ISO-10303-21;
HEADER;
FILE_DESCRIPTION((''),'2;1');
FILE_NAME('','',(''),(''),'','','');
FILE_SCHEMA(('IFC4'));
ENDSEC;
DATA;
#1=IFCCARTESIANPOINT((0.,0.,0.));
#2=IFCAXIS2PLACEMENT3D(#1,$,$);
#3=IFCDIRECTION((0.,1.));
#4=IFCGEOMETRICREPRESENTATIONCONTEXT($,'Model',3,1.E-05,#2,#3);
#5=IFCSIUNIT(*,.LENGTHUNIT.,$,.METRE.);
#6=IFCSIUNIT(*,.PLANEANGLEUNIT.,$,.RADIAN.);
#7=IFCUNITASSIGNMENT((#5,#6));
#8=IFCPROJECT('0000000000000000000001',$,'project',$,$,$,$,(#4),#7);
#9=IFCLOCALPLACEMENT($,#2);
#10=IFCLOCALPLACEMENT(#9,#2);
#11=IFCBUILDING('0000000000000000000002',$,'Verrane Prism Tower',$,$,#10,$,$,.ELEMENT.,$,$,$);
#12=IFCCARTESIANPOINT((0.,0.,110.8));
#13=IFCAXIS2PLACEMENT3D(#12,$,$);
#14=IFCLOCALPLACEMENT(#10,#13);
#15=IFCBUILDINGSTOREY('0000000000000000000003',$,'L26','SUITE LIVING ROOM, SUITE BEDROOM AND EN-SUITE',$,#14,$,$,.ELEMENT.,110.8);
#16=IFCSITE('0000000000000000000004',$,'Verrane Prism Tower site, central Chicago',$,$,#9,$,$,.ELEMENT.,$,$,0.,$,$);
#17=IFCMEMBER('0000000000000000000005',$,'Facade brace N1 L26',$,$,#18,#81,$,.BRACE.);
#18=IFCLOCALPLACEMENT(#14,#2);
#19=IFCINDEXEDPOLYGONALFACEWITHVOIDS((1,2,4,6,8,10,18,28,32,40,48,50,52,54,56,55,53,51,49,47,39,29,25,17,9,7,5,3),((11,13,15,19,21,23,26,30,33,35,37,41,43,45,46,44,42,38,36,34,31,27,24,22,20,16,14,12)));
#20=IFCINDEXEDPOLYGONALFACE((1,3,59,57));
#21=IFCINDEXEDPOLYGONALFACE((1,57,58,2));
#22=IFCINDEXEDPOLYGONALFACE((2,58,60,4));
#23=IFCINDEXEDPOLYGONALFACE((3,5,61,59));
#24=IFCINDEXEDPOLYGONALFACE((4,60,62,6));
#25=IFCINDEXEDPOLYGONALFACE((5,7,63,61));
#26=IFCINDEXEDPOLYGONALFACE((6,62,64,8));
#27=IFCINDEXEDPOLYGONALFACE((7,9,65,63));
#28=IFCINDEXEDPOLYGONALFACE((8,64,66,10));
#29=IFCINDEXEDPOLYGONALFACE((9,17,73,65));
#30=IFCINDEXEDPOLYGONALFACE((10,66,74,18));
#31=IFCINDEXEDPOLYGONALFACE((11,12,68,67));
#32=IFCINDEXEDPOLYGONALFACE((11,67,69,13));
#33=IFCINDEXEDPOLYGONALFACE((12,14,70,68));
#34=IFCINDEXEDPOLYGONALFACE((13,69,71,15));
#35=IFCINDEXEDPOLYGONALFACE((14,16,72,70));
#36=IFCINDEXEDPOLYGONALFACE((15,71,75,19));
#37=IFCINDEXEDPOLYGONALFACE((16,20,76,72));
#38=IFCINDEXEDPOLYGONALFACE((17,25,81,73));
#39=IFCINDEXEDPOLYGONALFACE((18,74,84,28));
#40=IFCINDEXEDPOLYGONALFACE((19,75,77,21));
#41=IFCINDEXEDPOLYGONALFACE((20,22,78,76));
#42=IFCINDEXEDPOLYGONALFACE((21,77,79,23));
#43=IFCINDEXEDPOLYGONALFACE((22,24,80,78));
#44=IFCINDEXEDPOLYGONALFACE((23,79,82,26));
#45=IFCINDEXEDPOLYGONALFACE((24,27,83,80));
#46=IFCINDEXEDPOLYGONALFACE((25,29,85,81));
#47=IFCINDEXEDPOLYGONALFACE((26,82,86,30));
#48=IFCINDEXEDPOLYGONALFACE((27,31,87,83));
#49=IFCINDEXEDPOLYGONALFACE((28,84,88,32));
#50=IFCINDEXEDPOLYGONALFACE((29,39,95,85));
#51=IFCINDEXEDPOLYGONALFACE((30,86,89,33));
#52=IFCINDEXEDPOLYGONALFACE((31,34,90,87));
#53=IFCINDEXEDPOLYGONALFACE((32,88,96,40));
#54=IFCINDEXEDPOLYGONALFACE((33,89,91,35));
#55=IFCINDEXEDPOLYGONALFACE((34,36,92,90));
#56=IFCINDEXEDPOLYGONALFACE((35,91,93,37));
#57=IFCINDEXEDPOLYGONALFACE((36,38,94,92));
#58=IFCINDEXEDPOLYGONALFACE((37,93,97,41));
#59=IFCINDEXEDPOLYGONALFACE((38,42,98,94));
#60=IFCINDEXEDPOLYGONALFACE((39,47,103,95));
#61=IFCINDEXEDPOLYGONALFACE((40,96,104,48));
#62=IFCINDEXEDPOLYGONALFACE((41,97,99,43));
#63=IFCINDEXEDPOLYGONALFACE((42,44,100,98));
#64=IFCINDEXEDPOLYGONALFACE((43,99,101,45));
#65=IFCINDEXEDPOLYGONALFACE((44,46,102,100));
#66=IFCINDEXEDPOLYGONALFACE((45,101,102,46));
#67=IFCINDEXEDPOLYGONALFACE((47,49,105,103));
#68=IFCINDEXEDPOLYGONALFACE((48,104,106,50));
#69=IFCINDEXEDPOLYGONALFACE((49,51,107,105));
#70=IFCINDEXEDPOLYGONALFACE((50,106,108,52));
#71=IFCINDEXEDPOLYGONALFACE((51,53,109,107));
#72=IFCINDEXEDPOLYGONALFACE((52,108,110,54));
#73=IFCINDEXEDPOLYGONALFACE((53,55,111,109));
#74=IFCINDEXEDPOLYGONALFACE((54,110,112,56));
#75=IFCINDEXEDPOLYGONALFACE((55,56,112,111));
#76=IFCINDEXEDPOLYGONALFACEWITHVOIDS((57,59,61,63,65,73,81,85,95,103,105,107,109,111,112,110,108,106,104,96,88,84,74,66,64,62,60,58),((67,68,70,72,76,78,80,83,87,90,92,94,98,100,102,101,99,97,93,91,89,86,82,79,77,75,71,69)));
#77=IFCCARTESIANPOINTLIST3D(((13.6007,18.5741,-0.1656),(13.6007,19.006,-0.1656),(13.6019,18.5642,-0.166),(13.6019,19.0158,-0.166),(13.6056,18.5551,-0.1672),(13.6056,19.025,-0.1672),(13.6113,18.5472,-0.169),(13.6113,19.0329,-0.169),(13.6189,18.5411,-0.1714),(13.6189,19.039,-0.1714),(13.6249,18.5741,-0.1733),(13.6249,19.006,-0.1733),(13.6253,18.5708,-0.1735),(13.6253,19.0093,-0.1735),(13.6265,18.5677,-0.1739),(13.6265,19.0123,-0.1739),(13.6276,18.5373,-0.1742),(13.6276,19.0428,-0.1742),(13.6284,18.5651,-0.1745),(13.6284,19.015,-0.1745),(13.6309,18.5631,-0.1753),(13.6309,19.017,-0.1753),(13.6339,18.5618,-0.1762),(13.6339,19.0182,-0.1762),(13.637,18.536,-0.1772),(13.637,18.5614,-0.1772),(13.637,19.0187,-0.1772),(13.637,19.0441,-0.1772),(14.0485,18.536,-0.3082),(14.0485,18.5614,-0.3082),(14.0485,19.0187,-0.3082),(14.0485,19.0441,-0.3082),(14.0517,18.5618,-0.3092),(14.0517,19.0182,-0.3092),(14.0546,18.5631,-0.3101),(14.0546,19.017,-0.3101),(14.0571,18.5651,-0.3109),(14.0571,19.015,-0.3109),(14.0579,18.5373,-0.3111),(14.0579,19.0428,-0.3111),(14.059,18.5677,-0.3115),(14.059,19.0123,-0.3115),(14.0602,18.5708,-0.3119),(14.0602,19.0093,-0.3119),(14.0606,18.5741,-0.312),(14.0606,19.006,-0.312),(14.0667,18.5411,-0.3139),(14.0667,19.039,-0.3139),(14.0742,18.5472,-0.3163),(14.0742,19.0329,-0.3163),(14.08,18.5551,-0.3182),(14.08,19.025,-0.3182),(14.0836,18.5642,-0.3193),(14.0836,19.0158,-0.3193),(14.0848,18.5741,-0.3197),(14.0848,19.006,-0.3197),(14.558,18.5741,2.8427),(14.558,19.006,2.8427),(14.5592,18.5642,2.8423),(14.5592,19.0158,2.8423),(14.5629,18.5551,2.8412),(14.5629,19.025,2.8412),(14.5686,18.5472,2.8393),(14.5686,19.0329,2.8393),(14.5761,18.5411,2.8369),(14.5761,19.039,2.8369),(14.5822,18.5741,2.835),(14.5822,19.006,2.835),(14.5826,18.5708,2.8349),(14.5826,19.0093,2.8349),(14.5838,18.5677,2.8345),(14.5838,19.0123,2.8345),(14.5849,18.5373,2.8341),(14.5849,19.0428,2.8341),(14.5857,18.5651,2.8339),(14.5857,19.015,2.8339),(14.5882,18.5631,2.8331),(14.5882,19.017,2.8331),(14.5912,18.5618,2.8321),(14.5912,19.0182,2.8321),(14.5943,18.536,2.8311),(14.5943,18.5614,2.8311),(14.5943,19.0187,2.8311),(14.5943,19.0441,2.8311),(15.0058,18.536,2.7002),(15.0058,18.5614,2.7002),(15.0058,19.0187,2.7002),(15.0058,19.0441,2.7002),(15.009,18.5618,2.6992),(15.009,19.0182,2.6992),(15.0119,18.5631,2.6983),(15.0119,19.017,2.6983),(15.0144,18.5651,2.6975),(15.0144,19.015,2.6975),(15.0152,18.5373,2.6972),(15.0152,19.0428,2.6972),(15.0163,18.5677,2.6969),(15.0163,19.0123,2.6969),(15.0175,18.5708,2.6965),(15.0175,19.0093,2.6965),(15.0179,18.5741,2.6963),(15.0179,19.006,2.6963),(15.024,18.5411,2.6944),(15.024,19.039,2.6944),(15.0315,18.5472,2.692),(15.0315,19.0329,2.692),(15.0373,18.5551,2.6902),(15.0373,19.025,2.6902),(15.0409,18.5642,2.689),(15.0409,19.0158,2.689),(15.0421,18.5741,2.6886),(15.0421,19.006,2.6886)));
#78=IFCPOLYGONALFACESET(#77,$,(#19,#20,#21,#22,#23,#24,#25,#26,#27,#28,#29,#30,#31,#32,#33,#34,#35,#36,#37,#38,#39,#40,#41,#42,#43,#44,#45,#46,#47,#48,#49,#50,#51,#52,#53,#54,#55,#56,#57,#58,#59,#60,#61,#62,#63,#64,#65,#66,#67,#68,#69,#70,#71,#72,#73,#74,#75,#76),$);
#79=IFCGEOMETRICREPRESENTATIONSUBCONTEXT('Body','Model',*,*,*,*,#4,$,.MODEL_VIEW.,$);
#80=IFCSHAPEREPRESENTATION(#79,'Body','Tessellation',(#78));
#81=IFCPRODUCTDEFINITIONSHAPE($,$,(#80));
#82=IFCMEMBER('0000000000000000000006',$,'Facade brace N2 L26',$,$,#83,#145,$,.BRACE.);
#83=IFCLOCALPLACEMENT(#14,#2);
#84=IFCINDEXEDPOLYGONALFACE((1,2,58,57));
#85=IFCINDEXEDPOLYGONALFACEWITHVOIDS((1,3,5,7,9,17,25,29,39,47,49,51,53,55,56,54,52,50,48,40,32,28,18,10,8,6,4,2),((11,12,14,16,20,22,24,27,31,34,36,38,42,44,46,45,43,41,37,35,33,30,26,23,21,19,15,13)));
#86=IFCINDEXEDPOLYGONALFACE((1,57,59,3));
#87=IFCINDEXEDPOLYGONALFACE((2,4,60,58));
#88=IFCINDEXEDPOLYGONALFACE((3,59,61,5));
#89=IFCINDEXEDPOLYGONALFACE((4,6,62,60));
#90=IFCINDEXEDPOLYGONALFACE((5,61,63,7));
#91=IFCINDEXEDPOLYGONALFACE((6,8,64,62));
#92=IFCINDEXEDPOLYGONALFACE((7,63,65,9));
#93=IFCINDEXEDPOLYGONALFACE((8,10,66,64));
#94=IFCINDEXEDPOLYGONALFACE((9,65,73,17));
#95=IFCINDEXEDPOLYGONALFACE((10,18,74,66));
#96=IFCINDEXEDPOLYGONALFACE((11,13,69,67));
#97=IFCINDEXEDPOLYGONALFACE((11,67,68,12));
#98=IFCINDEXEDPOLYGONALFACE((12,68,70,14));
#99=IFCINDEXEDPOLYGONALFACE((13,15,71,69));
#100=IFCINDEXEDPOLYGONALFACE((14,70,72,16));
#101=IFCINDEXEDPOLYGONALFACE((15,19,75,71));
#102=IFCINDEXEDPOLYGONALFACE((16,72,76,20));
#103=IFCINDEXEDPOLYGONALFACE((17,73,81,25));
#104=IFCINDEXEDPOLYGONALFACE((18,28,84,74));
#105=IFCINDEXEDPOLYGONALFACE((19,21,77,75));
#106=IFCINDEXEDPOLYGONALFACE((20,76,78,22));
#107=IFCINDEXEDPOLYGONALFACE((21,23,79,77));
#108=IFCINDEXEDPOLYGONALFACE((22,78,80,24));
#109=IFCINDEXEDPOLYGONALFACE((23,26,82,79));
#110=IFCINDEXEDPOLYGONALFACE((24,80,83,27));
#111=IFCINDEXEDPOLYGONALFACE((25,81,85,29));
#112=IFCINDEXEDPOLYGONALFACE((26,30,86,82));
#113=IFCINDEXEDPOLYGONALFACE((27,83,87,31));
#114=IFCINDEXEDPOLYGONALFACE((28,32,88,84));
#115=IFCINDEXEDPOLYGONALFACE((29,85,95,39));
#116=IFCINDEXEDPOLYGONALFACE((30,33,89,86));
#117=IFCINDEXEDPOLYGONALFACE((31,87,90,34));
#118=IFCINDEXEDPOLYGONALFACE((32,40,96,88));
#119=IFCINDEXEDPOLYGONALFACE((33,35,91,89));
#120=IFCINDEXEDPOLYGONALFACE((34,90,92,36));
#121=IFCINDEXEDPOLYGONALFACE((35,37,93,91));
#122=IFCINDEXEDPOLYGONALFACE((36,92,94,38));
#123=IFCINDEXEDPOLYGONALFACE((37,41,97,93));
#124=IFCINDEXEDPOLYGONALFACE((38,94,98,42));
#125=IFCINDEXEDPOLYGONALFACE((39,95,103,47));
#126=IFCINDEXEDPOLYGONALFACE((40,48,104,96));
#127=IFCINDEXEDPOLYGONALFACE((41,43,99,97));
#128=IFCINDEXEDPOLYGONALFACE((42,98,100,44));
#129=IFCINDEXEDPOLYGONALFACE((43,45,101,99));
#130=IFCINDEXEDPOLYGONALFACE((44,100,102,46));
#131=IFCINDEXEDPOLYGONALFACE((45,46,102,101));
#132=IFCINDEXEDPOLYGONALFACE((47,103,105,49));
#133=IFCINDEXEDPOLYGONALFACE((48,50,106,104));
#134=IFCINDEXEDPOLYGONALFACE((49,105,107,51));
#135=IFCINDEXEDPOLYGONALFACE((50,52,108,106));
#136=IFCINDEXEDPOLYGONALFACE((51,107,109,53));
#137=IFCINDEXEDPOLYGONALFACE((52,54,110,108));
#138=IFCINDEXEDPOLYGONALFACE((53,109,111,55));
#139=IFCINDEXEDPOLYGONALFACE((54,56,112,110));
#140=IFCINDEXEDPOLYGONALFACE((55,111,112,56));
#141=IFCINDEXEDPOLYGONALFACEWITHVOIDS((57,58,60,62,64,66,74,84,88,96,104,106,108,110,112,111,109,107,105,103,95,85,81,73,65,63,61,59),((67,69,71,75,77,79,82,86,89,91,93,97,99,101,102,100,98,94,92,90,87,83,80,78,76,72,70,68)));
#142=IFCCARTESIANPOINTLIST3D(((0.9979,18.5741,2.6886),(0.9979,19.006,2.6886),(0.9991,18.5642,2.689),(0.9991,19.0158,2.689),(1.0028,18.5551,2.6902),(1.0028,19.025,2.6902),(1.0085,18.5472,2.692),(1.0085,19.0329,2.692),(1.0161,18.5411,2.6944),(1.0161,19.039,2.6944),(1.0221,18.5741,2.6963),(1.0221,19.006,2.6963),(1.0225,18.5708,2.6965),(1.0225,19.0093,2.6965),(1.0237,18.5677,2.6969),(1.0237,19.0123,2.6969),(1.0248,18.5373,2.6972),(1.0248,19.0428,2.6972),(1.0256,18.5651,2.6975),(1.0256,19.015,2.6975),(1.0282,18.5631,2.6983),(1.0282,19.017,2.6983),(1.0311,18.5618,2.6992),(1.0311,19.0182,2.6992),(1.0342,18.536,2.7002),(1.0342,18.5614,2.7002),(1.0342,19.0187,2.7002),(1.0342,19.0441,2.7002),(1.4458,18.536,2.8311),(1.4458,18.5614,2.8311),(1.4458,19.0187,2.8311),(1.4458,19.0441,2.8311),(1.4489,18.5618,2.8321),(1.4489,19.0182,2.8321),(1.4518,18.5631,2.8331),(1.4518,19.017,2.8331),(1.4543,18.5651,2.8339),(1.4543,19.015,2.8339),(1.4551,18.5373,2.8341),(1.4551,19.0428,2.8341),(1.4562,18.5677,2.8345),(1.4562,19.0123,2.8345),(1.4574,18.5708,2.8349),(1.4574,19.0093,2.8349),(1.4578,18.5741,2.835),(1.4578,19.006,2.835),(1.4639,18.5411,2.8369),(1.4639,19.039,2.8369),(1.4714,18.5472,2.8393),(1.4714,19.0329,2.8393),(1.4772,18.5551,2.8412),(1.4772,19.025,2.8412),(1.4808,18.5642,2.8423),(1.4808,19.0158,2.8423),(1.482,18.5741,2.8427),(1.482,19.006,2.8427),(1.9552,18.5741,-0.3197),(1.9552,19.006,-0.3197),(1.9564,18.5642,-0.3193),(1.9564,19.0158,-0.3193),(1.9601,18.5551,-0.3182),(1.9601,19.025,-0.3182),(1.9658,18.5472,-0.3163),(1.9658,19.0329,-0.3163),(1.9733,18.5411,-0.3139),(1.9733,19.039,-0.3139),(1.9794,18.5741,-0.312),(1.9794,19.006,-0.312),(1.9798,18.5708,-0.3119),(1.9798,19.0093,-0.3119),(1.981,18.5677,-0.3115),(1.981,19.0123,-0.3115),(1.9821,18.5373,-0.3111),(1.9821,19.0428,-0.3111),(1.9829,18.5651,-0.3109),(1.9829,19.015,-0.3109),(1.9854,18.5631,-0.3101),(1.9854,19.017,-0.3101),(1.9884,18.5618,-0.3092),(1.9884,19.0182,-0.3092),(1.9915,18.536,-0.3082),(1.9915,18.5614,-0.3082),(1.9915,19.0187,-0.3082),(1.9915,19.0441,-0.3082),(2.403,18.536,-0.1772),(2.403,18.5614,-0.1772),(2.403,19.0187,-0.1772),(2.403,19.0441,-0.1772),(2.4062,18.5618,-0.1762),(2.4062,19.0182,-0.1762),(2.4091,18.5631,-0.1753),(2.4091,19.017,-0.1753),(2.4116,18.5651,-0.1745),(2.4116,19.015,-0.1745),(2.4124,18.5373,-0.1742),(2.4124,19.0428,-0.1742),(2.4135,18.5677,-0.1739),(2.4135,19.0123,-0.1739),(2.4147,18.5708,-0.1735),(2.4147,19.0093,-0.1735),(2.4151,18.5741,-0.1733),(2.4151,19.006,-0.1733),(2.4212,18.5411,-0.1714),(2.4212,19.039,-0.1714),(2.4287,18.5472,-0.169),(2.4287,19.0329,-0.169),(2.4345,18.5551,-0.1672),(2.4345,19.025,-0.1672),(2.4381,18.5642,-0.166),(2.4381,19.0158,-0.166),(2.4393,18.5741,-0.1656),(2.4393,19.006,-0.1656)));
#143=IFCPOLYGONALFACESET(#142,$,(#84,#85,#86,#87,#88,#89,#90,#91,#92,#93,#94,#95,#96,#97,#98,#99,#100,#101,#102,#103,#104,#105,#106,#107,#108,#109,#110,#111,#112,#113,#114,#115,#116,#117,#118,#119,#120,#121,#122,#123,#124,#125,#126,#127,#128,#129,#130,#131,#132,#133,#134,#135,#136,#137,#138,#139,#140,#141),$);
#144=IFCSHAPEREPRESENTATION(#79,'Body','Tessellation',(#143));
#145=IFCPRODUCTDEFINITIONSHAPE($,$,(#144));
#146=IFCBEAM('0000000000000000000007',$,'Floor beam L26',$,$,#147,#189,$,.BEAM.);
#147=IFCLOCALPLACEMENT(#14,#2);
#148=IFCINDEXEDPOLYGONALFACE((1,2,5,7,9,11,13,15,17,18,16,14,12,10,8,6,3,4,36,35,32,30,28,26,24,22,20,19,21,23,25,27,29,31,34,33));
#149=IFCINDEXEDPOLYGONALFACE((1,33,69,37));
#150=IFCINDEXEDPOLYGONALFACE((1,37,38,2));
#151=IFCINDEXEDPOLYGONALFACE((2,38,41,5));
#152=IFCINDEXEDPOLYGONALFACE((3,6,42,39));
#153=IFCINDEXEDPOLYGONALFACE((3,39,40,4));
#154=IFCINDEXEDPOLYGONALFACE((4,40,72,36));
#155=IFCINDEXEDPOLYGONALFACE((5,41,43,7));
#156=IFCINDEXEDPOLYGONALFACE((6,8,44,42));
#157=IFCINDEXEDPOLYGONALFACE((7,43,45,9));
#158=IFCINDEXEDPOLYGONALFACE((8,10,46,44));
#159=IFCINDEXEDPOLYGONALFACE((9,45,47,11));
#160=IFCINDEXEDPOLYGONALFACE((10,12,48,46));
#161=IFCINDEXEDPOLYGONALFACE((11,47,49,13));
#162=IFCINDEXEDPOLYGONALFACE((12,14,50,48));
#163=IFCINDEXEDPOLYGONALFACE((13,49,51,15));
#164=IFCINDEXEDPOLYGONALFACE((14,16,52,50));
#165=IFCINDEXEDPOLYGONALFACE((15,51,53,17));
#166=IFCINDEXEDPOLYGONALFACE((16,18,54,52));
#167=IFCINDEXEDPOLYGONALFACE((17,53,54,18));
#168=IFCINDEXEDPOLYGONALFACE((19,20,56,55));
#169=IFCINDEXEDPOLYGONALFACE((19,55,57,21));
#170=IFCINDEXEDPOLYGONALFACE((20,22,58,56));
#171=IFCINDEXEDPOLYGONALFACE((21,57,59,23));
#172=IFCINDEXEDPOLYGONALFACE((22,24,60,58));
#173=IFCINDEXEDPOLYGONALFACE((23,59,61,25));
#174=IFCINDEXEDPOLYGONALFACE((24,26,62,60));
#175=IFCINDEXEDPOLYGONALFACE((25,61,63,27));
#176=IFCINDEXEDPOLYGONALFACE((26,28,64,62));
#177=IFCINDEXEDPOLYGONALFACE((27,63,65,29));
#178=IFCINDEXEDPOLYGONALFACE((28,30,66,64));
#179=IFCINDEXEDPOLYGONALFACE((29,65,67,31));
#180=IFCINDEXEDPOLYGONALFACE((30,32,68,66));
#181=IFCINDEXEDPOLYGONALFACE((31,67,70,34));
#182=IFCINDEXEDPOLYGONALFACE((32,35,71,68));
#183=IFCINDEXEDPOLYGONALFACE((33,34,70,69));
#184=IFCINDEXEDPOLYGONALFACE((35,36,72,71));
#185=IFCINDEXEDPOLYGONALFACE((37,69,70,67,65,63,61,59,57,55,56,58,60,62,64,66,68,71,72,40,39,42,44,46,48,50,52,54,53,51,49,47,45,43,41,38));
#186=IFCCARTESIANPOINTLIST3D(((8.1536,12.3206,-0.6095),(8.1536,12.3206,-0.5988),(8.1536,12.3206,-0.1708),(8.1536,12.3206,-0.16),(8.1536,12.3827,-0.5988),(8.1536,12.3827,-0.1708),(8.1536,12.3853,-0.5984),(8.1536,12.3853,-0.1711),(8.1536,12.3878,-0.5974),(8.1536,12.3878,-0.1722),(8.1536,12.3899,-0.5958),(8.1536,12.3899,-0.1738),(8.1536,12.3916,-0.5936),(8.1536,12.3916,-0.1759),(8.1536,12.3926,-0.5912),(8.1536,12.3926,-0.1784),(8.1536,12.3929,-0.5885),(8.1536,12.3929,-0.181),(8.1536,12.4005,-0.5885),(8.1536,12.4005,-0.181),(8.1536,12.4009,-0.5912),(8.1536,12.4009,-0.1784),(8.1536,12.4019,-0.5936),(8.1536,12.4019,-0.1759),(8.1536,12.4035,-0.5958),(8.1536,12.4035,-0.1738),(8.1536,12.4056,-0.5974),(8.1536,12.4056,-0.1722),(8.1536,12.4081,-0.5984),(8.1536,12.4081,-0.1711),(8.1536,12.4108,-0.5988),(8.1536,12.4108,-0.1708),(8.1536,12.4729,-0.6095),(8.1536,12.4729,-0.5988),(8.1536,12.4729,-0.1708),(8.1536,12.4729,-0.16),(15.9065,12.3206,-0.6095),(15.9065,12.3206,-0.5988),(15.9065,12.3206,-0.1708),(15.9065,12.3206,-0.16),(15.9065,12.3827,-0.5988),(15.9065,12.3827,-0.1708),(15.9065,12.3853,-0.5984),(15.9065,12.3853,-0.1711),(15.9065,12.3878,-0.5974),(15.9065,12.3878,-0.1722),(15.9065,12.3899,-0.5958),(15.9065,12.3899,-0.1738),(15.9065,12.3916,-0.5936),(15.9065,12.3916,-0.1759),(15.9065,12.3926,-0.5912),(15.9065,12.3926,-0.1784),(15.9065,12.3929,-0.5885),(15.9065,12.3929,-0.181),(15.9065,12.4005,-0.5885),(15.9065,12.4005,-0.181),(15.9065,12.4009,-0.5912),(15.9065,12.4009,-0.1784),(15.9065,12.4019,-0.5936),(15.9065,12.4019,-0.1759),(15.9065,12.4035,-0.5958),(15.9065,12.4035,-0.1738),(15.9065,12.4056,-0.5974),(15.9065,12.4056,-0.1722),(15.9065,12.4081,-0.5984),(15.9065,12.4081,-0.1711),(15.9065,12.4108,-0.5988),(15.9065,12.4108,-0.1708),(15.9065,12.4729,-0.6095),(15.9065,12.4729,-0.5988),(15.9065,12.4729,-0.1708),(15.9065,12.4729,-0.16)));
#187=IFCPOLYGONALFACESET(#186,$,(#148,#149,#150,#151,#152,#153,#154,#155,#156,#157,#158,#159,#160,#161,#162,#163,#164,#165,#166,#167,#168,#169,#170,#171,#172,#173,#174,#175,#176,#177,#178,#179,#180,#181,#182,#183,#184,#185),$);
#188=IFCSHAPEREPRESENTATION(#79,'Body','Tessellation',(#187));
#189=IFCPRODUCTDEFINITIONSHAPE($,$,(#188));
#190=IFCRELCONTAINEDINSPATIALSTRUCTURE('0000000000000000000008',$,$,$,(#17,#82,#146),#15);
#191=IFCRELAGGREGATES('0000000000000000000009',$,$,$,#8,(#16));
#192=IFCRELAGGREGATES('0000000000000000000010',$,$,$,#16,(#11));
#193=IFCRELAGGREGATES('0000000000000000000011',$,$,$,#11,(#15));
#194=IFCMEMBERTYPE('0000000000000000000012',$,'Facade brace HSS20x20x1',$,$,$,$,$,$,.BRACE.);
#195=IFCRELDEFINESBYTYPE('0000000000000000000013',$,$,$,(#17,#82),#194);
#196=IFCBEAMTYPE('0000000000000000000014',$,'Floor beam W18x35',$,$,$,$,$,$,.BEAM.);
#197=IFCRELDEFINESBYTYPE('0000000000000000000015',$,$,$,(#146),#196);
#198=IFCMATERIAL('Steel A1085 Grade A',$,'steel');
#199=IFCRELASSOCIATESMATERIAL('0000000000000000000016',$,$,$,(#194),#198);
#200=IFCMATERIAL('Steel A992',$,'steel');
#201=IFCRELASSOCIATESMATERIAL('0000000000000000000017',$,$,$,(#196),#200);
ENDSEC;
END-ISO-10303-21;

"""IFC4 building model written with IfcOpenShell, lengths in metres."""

from ifc_helpers import new_model, si_unit, direction, frame, origin, origin_2d, place, context, subcontext, project, spatial, hollow_rectangle, i_section, extrude, material, material_profile, profile_set, type_object, element, save


model = new_model("IFC4")

# Units and contexts
model_context = context("Model", 3, precision=1e-05, world=origin(), true_north=direction((0.0, 1.0)))
body_context = subcontext(model_context, "Body", "Model", "MODEL_VIEW")
ifc_project = project(units=[si_unit("LENGTHUNIT", "METRE"), si_unit("PLANEANGLEUNIT", "RADIAN")], contexts=[model_context])

# Site, building, storey
site_placement = place(None, origin())
site = spatial("IfcSite", under=ifc_project, at=site_placement, Name="Verrane Prism Tower site, central Chicago", CompositionType="ELEMENT", RefElevation=0.0)
building_placement = place(site_placement, origin())
building = spatial("IfcBuilding", under=site, at=building_placement, Name="Verrane Prism Tower", CompositionType="ELEMENT")
storey_placement = place(building_placement, frame((0.0, 0.0, 110.8)))
storey = spatial("IfcBuildingStorey", under=building, at=storey_placement, Name="L26", Description="SUITE LIVING ROOM, SUITE BEDROOM AND EN-SUITE", CompositionType="ELEMENT", Elevation=110.8)

# Members
ifc_material_1 = material(Name="Steel A1085 Grade A", Category="steel")
ifc_material_profile_1 = material_profile(ifc_material_1, hollow_rectangle(XDim=0.5081, YDim=0.5081, WallThickness=0.0254, InnerFilletRadius=0.0127, OuterFilletRadius=0.0381, at=origin_2d()), Name="HSS20x20x1")
ifc_profile_set_1 = profile_set([ifc_material_profile_1], Name="Steel A1085 Grade A")
member_type_1 = type_object("IfcMemberType", Name="Facade brace HSS20x20x1", PredefinedType="BRACE", material=ifc_profile_set_1)
for number, where, z_axis, x_axis, name in (
    (1, (13.8428, 18.79, -0.2427), (0.303229, 0.0, 0.952918), (0.0, 1.0, 0.0), "Facade brace N1 L26"),
    (2, (2.1973, 18.79, -0.2427), (-0.303229, 0.0, 0.952918), (0.0, -1.0, 0.0), "Facade brace N2 L26"),
):
    element("IfcMember", number, at=place(storey_placement, frame(where, z_axis=z_axis, x_axis=x_axis)), inside=storey, type_object=member_type_1, Name=name, PredefinedType="BRACE", context=body_context, shape_type="SweptSolid", body=[
        extrude(hollow_rectangle(XDim=0.5081, YDim=0.5081, WallThickness=0.0254, InnerFilletRadius=0.0127, OuterFilletRadius=0.0381, at=origin_2d()), origin(), (0.0, 0.0, 1.0), 3.157),
    ])

# Beam
ifc_material_2 = material(Name="Steel A992", Category="steel")
ifc_material_profile_2 = material_profile(ifc_material_2, i_section(OverallWidth=0.1523, OverallDepth=0.4495, WebThickness=0.0076, FlangeThickness=0.0107, FilletRadius=0.0103, at=origin_2d()), Name="W18x35")
ifc_profile_set_2 = profile_set([ifc_material_profile_2], Name="Steel A992")
beam_type_1 = type_object("IfcBeamType", Name="Floor beam W18x35", PredefinedType="BEAM", material=ifc_profile_set_2)
for number, where, z_axis, x_axis, name in (
    (3, (8.1536, 12.3967, -0.3848), (1.0, 0.0, 0.0), (0.0, 1.0, 0.0), "Floor beam L26"),
):
    element("IfcBeam", number, at=place(storey_placement, frame(where, z_axis=z_axis, x_axis=x_axis)), inside=storey, type_object=beam_type_1, Name=name, PredefinedType="BEAM", context=body_context, shape_type="SweptSolid", body=[
        extrude(i_section(OverallWidth=0.1523, OverallDepth=0.4495, WebThickness=0.0076, FlangeThickness=0.0107, FilletRadius=0.0103, at=origin_2d()), origin(), (0.0, 0.0, 1.0), 7.7529),
    ])

save(model, "model.ifc")
